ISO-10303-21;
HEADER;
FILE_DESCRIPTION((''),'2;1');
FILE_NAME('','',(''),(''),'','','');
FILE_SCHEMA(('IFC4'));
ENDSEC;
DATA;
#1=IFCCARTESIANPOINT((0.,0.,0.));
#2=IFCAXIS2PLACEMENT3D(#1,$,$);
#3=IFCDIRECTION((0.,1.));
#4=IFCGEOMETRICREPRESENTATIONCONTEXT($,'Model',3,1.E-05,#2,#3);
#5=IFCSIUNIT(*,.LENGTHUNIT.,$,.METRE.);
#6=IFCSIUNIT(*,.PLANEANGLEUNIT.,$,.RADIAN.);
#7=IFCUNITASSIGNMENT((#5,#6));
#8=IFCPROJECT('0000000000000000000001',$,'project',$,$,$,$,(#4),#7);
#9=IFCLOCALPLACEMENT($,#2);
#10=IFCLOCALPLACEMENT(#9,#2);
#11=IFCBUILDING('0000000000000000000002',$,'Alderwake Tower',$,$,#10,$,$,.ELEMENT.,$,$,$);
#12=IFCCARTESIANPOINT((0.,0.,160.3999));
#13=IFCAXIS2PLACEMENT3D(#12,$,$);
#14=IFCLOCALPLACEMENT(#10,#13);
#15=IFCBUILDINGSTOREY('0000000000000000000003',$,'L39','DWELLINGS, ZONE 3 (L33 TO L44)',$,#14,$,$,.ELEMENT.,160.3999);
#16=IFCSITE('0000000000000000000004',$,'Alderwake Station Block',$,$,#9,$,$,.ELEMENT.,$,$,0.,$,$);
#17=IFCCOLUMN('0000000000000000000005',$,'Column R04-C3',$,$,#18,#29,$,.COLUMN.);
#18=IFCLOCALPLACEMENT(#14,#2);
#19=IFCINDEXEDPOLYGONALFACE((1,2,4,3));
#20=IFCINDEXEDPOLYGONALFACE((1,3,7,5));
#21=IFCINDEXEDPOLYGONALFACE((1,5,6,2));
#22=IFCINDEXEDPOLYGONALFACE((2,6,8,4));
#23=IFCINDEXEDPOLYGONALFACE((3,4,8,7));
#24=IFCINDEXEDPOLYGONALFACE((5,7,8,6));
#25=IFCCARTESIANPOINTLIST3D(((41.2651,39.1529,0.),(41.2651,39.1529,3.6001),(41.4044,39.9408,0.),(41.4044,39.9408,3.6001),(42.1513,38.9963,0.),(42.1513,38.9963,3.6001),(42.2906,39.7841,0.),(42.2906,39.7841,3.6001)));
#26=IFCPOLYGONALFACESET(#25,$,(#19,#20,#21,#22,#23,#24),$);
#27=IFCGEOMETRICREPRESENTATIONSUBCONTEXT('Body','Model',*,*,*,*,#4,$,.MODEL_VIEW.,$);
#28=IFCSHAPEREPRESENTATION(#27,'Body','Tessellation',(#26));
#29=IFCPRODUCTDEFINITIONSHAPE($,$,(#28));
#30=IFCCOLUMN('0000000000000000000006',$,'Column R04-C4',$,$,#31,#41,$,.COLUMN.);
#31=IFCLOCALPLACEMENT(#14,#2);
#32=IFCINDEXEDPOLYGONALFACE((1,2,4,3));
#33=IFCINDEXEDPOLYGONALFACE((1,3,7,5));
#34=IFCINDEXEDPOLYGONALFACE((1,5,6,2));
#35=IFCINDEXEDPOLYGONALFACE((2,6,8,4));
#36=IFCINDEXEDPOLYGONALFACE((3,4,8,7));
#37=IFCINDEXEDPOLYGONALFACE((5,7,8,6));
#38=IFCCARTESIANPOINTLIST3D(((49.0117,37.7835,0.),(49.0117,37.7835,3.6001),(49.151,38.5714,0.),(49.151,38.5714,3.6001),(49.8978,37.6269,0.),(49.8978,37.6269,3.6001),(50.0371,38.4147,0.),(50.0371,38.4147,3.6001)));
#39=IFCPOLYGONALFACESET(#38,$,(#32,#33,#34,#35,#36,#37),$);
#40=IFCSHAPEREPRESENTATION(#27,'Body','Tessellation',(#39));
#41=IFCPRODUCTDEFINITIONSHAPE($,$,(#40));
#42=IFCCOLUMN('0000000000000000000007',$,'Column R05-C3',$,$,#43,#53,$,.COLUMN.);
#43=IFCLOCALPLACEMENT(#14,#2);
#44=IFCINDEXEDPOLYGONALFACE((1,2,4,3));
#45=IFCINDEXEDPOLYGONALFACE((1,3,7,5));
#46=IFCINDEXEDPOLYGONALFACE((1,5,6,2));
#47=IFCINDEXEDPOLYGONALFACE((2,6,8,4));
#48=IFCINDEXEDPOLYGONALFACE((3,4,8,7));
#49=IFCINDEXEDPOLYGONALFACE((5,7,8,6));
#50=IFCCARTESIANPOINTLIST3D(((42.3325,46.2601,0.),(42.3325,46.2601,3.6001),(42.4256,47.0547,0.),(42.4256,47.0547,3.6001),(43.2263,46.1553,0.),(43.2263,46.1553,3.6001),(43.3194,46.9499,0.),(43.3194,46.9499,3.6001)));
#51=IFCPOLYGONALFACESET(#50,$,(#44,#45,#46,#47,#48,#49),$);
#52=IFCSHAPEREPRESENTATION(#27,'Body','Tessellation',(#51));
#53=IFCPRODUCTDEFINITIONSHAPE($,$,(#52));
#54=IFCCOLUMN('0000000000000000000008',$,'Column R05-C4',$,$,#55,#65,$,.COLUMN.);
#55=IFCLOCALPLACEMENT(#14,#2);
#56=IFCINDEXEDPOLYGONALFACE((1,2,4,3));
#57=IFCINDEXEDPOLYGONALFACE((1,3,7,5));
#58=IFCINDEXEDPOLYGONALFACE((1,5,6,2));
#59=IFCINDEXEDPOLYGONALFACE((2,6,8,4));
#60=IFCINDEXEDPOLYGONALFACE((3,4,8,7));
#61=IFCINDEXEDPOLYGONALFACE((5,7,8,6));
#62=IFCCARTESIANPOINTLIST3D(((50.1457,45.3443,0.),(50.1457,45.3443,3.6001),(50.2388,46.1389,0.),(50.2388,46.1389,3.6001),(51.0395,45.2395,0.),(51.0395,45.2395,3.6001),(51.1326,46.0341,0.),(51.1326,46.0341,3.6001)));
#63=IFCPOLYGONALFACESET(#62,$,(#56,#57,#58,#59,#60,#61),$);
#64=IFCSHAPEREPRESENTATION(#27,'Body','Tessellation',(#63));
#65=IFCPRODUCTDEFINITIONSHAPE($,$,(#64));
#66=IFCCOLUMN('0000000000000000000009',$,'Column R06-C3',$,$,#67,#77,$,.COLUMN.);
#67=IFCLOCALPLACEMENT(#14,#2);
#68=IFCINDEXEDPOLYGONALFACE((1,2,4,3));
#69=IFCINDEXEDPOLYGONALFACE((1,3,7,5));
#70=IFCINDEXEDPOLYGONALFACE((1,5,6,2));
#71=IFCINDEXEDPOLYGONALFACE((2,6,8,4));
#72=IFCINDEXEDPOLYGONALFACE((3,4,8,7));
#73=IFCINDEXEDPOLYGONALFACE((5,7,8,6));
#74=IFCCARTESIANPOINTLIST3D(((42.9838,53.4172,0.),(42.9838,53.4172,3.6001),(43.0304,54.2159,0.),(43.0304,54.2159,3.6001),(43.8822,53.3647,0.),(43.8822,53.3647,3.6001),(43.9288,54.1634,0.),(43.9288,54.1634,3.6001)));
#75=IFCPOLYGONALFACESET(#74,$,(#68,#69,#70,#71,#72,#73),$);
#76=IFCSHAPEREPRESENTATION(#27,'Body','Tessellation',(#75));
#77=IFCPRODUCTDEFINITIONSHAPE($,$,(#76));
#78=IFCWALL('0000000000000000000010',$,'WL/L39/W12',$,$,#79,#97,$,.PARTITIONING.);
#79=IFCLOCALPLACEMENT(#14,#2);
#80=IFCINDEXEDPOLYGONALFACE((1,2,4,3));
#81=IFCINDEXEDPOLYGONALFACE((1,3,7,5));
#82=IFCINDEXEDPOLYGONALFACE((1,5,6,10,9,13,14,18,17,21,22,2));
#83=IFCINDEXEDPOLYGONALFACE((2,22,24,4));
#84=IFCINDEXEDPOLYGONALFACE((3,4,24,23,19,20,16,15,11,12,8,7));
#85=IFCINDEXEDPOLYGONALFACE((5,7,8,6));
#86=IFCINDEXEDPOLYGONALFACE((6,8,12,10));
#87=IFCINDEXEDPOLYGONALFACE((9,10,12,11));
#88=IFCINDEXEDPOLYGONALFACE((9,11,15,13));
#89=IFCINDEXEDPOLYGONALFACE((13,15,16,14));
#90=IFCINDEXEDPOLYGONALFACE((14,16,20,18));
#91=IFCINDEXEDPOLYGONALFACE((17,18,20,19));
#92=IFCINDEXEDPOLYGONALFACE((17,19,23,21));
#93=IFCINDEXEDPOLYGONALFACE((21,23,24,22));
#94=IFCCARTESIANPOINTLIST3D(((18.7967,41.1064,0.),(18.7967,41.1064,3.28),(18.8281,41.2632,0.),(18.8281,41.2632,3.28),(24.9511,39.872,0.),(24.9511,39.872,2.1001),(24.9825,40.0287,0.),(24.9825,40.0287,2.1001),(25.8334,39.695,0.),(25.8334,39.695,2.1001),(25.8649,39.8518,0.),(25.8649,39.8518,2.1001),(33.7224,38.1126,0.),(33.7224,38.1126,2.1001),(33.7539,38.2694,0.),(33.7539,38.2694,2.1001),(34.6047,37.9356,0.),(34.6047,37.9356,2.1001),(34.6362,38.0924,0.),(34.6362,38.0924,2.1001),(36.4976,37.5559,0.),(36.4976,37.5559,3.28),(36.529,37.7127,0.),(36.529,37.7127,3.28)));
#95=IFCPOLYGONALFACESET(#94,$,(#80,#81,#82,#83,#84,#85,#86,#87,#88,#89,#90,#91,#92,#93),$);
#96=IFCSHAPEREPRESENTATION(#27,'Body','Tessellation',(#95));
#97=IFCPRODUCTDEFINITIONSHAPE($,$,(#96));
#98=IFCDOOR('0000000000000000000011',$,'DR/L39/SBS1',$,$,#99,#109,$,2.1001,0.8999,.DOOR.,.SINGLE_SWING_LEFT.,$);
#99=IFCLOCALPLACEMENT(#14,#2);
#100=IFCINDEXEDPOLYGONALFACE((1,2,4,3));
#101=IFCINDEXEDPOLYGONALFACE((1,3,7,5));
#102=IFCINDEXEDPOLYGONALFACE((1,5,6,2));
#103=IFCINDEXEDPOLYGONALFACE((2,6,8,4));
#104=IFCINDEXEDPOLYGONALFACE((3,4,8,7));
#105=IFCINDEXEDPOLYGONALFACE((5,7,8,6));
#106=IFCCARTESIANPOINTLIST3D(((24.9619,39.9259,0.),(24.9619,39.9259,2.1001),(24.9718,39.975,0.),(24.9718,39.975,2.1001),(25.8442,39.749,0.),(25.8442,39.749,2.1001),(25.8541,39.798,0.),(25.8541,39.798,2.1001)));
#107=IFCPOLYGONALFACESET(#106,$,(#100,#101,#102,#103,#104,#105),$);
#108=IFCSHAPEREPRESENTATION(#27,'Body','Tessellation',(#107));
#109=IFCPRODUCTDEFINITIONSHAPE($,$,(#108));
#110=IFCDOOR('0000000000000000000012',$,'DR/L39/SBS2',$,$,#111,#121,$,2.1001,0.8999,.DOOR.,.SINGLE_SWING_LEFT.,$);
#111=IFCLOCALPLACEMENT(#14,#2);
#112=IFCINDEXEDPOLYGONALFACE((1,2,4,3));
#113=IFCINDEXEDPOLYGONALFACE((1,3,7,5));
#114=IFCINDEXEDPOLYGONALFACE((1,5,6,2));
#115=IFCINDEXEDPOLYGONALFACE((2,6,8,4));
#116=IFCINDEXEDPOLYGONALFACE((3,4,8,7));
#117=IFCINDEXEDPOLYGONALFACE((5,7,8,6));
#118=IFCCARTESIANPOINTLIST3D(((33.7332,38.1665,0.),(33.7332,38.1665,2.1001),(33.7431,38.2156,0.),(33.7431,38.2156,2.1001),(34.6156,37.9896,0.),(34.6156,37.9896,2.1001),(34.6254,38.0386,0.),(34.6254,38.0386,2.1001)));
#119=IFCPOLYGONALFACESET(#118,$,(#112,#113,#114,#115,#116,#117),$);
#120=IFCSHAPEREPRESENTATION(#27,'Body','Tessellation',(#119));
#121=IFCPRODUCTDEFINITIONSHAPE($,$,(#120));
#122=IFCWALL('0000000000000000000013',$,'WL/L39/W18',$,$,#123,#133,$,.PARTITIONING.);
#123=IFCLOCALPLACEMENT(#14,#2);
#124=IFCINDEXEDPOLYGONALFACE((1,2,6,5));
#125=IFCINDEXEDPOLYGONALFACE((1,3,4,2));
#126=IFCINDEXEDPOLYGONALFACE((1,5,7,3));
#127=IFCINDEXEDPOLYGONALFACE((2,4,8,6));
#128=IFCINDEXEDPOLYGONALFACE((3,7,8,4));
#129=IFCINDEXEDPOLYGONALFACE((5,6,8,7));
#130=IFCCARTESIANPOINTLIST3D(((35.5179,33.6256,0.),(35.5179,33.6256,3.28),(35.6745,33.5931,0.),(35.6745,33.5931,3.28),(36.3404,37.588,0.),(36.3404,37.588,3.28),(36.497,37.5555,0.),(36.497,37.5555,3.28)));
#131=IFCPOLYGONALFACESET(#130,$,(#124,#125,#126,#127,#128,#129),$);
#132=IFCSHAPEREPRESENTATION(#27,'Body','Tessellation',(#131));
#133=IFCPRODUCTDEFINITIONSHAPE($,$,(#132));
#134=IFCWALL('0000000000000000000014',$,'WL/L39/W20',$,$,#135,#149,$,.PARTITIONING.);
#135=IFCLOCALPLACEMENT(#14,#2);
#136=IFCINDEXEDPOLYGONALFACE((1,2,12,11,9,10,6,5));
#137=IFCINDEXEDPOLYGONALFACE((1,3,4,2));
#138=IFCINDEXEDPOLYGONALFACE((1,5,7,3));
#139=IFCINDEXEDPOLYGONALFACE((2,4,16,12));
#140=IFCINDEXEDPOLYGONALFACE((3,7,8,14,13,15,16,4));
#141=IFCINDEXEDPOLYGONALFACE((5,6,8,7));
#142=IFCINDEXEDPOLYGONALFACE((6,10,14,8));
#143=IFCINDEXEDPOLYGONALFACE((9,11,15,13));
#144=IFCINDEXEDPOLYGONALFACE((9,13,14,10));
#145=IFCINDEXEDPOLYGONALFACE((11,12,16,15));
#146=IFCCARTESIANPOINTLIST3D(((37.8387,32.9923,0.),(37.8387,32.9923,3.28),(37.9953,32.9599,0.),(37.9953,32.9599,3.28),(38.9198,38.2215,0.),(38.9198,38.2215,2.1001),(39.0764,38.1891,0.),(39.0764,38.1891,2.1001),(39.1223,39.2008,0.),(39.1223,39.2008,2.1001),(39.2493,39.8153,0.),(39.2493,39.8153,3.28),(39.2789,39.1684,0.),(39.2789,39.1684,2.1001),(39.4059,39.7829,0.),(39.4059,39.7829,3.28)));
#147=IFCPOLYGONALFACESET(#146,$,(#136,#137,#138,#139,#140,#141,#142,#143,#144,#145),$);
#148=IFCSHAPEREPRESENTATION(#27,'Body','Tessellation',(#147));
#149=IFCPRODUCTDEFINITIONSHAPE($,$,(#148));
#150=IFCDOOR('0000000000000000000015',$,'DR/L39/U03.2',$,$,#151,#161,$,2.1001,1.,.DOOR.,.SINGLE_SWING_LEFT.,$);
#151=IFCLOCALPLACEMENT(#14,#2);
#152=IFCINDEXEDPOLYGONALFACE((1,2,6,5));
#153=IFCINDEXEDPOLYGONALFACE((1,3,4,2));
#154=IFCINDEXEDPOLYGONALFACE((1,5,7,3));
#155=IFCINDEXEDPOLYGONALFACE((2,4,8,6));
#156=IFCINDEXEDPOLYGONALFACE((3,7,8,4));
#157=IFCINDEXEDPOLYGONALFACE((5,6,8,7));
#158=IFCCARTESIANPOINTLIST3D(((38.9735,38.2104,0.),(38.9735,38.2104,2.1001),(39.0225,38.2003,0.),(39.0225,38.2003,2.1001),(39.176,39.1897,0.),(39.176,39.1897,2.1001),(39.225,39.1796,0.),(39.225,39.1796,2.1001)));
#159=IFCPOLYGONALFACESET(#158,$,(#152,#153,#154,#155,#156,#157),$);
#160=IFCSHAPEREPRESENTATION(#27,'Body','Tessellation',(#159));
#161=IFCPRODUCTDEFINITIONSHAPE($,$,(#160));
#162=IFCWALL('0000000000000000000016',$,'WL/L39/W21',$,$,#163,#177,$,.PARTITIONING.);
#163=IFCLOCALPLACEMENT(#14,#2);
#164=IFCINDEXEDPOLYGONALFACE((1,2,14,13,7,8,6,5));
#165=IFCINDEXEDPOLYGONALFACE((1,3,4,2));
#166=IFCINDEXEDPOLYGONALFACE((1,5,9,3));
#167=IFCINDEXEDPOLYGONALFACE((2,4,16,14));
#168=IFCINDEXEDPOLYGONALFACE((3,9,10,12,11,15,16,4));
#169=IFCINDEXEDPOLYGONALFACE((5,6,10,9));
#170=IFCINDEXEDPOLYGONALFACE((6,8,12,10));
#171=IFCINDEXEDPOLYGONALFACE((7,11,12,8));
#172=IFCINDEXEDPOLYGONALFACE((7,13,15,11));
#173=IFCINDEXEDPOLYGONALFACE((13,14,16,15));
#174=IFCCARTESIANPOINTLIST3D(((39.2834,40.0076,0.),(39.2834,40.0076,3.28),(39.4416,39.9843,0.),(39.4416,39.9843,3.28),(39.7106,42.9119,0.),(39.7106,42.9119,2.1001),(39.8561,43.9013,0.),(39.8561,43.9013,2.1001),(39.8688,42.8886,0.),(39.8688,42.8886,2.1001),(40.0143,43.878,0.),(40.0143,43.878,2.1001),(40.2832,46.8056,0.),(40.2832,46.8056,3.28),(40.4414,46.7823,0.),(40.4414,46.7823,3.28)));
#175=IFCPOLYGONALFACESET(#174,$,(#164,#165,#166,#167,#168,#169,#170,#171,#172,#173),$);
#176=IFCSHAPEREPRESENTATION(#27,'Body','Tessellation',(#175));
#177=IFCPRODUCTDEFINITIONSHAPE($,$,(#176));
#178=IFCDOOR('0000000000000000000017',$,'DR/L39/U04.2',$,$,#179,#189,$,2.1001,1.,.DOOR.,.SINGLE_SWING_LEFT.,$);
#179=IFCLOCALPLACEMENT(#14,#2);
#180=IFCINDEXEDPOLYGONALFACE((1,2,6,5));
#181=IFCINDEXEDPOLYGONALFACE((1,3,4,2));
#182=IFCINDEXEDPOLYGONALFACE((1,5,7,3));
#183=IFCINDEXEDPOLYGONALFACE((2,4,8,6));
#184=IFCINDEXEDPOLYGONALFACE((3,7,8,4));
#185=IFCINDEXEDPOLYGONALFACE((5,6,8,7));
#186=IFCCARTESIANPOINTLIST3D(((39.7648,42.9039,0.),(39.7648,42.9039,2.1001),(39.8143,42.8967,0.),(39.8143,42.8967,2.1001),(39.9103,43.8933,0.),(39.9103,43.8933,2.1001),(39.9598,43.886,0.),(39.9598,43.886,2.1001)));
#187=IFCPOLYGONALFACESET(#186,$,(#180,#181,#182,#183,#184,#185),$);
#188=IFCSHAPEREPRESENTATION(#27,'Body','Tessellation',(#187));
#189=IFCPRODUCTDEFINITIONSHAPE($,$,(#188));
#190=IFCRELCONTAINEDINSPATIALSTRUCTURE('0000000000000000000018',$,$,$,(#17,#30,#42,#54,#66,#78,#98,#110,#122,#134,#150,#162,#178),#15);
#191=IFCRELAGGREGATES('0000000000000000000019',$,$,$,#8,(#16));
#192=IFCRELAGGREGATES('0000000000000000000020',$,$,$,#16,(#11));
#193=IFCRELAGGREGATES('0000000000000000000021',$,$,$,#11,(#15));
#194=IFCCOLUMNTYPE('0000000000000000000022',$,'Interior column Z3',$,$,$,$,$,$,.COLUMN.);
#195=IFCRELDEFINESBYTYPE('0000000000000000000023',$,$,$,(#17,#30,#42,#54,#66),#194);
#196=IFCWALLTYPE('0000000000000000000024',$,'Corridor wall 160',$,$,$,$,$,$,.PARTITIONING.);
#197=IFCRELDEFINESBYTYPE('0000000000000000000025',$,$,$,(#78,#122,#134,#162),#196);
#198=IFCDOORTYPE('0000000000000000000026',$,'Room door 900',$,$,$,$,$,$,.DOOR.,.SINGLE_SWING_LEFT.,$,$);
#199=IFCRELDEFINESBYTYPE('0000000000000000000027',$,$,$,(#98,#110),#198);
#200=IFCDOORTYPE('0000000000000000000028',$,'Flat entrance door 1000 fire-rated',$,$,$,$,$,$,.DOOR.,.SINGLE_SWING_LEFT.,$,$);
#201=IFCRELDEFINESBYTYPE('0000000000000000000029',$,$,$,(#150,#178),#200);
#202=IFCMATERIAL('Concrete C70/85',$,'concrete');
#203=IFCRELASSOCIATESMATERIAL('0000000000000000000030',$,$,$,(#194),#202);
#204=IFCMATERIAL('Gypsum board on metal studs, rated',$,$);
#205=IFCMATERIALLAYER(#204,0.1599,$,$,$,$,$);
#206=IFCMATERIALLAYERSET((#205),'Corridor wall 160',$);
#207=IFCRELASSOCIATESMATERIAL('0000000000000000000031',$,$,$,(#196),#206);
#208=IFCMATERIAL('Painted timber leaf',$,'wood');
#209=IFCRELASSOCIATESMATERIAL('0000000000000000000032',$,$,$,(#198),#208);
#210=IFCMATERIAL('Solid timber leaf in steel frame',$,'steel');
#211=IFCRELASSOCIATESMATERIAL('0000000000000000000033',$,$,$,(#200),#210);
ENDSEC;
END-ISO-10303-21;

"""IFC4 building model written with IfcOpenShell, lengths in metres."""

from ifc_helpers import new_model, si_unit, direction, frame, frame_2d, origin, origin_2d, place, context, subcontext, project, spatial, rectangle, extrude, material, layer, layer_set, material_profile, profile_set, type_object, element, fill, save


model = new_model("IFC4")

# Units and contexts
model_context = context("Model", 3, precision=1e-05, world=origin(), true_north=direction((0.0, 1.0)))
body_context = subcontext(model_context, "Body", "Model", "MODEL_VIEW")
ifc_project = project(units=[si_unit("LENGTHUNIT", "METRE"), si_unit("PLANEANGLEUNIT", "RADIAN")], contexts=[model_context])

# Site, building, storey
site_placement = place(None, origin())
site = spatial("IfcSite", under=ifc_project, at=site_placement, Name="Alderwake Station Block", CompositionType="ELEMENT", RefElevation=0.0)
building_placement = place(site_placement, origin())
building = spatial("IfcBuilding", under=site, at=building_placement, Name="Alderwake Tower", CompositionType="ELEMENT")
storey_placement = place(building_placement, frame((0.0, 0.0, 160.3999)))
storey = spatial("IfcBuildingStorey", under=building, at=storey_placement, Name="L39", Description="DWELLINGS, ZONE 3 (L33 TO L44)", CompositionType="ELEMENT", Elevation=160.3999)

# Columns
ifc_material_1 = material(Name="Concrete C70/85", Category="concrete")
ifc_material_profile = material_profile(ifc_material_1, rectangle(XDim=0.8, YDim=0.8999, at=origin_2d()), Name="RC 900X800")
ifc_profile_set = profile_set([ifc_material_profile], Name="Concrete C70/85")
column_type = type_object("IfcColumnType", Name="Interior column Z3", PredefinedType="COLUMN", material=ifc_profile_set)
for number, where, z_axis, x_axis, name in (
    (1, (41.7778, 39.4685, 0.0), (0.0, 0.0, 1.0), (0.174109, 0.984726, 0.0), "Column R04-C3"),
    (2, (49.5244, 38.0991, 0.0), (0.0, 0.0, 1.0), (0.174109, 0.984726, 0.0), "Column R04-C4"),
    (3, (42.8259, 46.605, 0.0), (0.0, 0.0, 1.0), (0.116402, 0.993202, 0.0), "Column R05-C3"),
    (4, (50.6392, 45.6892, 0.0), (0.0, 0.0, 1.0), (0.116402, 0.993202, 0.0), "Column R05-C4"),
    (5, (43.4563, 53.7903, 0.0), (0.0, 0.0, 1.0), (0.058301, 0.998299, 0.0), "Column R06-C3"),
):
    element("IfcColumn", number, at=place(storey_placement, frame(where, z_axis=z_axis, x_axis=x_axis)), inside=storey, type_object=column_type, Name=name, PredefinedType="COLUMN", context=body_context, shape_type="SweptSolid", body=[
        extrude(rectangle(XDim=0.8, YDim=0.8999, at=origin_2d()), origin(), (0.0, 0.0, 1.0), 3.6001),
    ])

# Wall, openings, doors
ifc_material_2 = material(Name="Gypsum board on metal studs, rated")
ifc_layer_1 = layer(ifc_material_2, 0.1599)
ifc_layer_set_1 = layer_set([ifc_layer_1], Name="Corridor wall 160")
wall_type_1 = type_object("IfcWallType", Name="Corridor wall 160", PredefinedType="PARTITIONING", material=ifc_layer_set_1)
wall_1_placement = place(storey_placement, frame((36.5134, 37.6343, 0.0), z_axis=(0.0, 0.0, 1.0), x_axis=(-0.98047, 0.196667, 0.0)))
wall_1 = element("IfcWall", 6, at=wall_1_placement, inside=storey, type_object=wall_type_1, Name="WL/L39/W12", PredefinedType="PARTITIONING", context=body_context, shape_type="SweptSolid", body=[
    extrude(rectangle(XDim=18.0535, YDim=0.1599, at=frame_2d((9.0269, 0.0))), origin(), (0.0, 0.0, 1.0), 3.28),
])
opening_1_placement = place(wall_1_placement, frame((10.8767, 0.0, 0.0)))
opening_1 = element("IfcOpeningElement", 7, at=opening_1_placement, cuts=wall_1, PredefinedType="OPENING", context=body_context, shape_type="SweptSolid", body=[
    extrude(rectangle(XDim=0.8999, YDim=2.1001, at=frame_2d((0.45, 1.05))), frame((0.0, 0.0898, 0.0), z_axis=(0.0, -1.0, 0.0), x_axis=(1.0, 0.0, 0.0)), (0.0, 0.0, 1.0), 0.1799),
])
opening_2_placement = place(wall_1_placement, frame((1.9307, 0.0, 0.0)))
opening_2 = element("IfcOpeningElement", 8, at=opening_2_placement, cuts=wall_1, PredefinedType="OPENING", context=body_context, shape_type="SweptSolid", body=[
    extrude(rectangle(XDim=0.8999, YDim=2.1001, at=frame_2d((0.45, 1.05))), frame((0.0, 0.0898, 0.0), z_axis=(0.0, -1.0, 0.0), x_axis=(1.0, 0.0, 0.0)), (0.0, 0.0, 1.0), 0.1799),
])
ifc_material_3 = material(Name="Painted timber leaf", Category="wood")
door_type_1 = type_object("IfcDoorType", Name="Room door 900", OperationType="SINGLE_SWING_LEFT", PredefinedType="DOOR", material=ifc_material_3)
door_1_placement = place(opening_1_placement, origin())
door_1 = element("IfcDoor", 9, at=door_1_placement, inside=storey, type_object=door_type_1, Name="DR/L39/SBS1", OperationType="SINGLE_SWING_LEFT", OverallHeight=2.1001, OverallWidth=0.8999, PredefinedType="DOOR", context=body_context, shape_type="SweptSolid", body=[
    extrude(rectangle(XDim=0.8999, YDim=2.1001, at=frame_2d((0.45, 1.05))), frame((0.0, 0.0249, 0.0), z_axis=(0.0, -1.0, 0.0), x_axis=(1.0, 0.0, 0.0)), (0.0, 0.0, 1.0), 0.05),
])
fill(opening_1, door_1)
door_2_placement = place(opening_2_placement, origin())
door_2 = element("IfcDoor", 10, at=door_2_placement, inside=storey, type_object=door_type_1, Name="DR/L39/SBS2", OperationType="SINGLE_SWING_LEFT", OverallHeight=2.1001, OverallWidth=0.8999, PredefinedType="DOOR", context=body_context, shape_type="SweptSolid", body=[
    extrude(rectangle(XDim=0.8999, YDim=2.1001, at=frame_2d((0.45, 1.05))), frame((0.0, 0.0249, 0.0), z_axis=(0.0, -1.0, 0.0), x_axis=(1.0, 0.0, 0.0)), (0.0, 0.0, 1.0), 0.05),
])
fill(opening_2, door_2)

# Wall
wall_2_placement = place(storey_placement, frame((36.4187, 37.5718, 0.0), z_axis=(0.0, 0.0, 1.0), x_axis=(-0.203246, -0.979128, 0.0)))
element("IfcWall", 11, at=wall_2_placement, inside=storey, type_object=wall_type_1, Name="WL/L39/W18", PredefinedType="PARTITIONING", context=body_context, shape_type="SweptSolid", body=[
    extrude(rectangle(XDim=4.0469, YDim=0.1599, at=frame_2d((2.0234, 0.0))), origin(), (0.0, 0.0, 1.0), 3.28),
])

# Walls, openings, doors
wall_3_placement = place(storey_placement, frame((39.3276, 39.7991, 0.0), z_axis=(0.0, 0.0, 1.0), x_axis=(-0.202467, -0.979289, 0.0)))
wall_3 = element("IfcWall", 12, at=wall_3_placement, inside=storey, type_object=wall_type_1, Name="WL/L39/W20", PredefinedType="PARTITIONING", context=body_context, shape_type="SweptSolid", body=[
    extrude(rectangle(XDim=6.9673, YDim=0.1599, at=frame_2d((3.4836, 0.0))), origin(), (0.0, 0.0, 1.0), 3.28),
])
opening_3_placement = place(wall_3_placement, frame((0.6274, 0.0, 0.0)))
opening_3 = element("IfcOpeningElement", 13, at=opening_3_placement, cuts=wall_3, PredefinedType="OPENING", context=body_context, shape_type="SweptSolid", body=[
    extrude(rectangle(XDim=1.0, YDim=2.1001, at=frame_2d((0.5, 1.05))), frame((0.0, 0.0898, 0.0), z_axis=(0.0, -1.0, 0.0), x_axis=(1.0, 0.0, 0.0)), (0.0, 0.0, 1.0), 0.1799),
])
ifc_material_4 = material(Name="Solid timber leaf in steel frame", Category="steel")
door_type_2 = type_object("IfcDoorType", Name="Flat entrance door 1000 fire-rated", OperationType="SINGLE_SWING_LEFT", PredefinedType="DOOR", material=ifc_material_4)
door_3_placement = place(opening_3_placement, origin())
door_3 = element("IfcDoor", 14, at=door_3_placement, inside=storey, type_object=door_type_2, Name="DR/L39/U03.2", OperationType="SINGLE_SWING_LEFT", OverallHeight=2.1001, OverallWidth=1.0, PredefinedType="DOOR", context=body_context, shape_type="SweptSolid", body=[
    extrude(rectangle(XDim=1.0, YDim=2.1001, at=frame_2d((0.5, 1.05))), frame((0.0, 0.0249, 0.0), z_axis=(0.0, -1.0, 0.0), x_axis=(1.0, 0.0, 0.0)), (0.0, 0.0, 1.0), 0.05),
])
fill(opening_3, door_3)
wall_4_placement = place(storey_placement, frame((40.3623, 46.7939, 0.0), z_axis=(0.0, 0.0, 1.0), x_axis=(-0.145504, -0.989358, 0.0)))
wall_4 = element("IfcWall", 15, at=wall_4_placement, inside=storey, type_object=wall_type_1, Name="WL/L39/W21", PredefinedType="PARTITIONING", context=body_context, shape_type="SweptSolid", body=[
    extrude(rectangle(XDim=6.8711, YDim=0.1599, at=frame_2d((3.4355, 0.0))), origin(), (0.0, 0.0, 1.0), 3.28),
])
opening_4_placement = place(wall_4_placement, frame((2.9355, 0.0, 0.0)))
opening_4 = element("IfcOpeningElement", 16, at=opening_4_placement, cuts=wall_4, PredefinedType="OPENING", context=body_context, shape_type="SweptSolid", body=[
    extrude(rectangle(XDim=1.0, YDim=2.1001, at=frame_2d((0.5, 1.05))), frame((0.0, 0.0898, 0.0), z_axis=(0.0, -1.0, 0.0), x_axis=(1.0, 0.0, 0.0)), (0.0, 0.0, 1.0), 0.1799),
])
door_4_placement = place(opening_4_placement, origin())
door_4 = element("IfcDoor", 17, at=door_4_placement, inside=storey, type_object=door_type_2, Name="DR/L39/U04.2", OperationType="SINGLE_SWING_LEFT", OverallHeight=2.1001, OverallWidth=1.0, PredefinedType="DOOR", context=body_context, shape_type="SweptSolid", body=[
    extrude(rectangle(XDim=1.0, YDim=2.1001, at=frame_2d((0.5, 1.05))), frame((0.0, 0.0249, 0.0), z_axis=(0.0, -1.0, 0.0), x_axis=(1.0, 0.0, 0.0)), (0.0, 0.0, 1.0), 0.05),
])
fill(opening_4, door_4)

save(model, "model.ifc")
